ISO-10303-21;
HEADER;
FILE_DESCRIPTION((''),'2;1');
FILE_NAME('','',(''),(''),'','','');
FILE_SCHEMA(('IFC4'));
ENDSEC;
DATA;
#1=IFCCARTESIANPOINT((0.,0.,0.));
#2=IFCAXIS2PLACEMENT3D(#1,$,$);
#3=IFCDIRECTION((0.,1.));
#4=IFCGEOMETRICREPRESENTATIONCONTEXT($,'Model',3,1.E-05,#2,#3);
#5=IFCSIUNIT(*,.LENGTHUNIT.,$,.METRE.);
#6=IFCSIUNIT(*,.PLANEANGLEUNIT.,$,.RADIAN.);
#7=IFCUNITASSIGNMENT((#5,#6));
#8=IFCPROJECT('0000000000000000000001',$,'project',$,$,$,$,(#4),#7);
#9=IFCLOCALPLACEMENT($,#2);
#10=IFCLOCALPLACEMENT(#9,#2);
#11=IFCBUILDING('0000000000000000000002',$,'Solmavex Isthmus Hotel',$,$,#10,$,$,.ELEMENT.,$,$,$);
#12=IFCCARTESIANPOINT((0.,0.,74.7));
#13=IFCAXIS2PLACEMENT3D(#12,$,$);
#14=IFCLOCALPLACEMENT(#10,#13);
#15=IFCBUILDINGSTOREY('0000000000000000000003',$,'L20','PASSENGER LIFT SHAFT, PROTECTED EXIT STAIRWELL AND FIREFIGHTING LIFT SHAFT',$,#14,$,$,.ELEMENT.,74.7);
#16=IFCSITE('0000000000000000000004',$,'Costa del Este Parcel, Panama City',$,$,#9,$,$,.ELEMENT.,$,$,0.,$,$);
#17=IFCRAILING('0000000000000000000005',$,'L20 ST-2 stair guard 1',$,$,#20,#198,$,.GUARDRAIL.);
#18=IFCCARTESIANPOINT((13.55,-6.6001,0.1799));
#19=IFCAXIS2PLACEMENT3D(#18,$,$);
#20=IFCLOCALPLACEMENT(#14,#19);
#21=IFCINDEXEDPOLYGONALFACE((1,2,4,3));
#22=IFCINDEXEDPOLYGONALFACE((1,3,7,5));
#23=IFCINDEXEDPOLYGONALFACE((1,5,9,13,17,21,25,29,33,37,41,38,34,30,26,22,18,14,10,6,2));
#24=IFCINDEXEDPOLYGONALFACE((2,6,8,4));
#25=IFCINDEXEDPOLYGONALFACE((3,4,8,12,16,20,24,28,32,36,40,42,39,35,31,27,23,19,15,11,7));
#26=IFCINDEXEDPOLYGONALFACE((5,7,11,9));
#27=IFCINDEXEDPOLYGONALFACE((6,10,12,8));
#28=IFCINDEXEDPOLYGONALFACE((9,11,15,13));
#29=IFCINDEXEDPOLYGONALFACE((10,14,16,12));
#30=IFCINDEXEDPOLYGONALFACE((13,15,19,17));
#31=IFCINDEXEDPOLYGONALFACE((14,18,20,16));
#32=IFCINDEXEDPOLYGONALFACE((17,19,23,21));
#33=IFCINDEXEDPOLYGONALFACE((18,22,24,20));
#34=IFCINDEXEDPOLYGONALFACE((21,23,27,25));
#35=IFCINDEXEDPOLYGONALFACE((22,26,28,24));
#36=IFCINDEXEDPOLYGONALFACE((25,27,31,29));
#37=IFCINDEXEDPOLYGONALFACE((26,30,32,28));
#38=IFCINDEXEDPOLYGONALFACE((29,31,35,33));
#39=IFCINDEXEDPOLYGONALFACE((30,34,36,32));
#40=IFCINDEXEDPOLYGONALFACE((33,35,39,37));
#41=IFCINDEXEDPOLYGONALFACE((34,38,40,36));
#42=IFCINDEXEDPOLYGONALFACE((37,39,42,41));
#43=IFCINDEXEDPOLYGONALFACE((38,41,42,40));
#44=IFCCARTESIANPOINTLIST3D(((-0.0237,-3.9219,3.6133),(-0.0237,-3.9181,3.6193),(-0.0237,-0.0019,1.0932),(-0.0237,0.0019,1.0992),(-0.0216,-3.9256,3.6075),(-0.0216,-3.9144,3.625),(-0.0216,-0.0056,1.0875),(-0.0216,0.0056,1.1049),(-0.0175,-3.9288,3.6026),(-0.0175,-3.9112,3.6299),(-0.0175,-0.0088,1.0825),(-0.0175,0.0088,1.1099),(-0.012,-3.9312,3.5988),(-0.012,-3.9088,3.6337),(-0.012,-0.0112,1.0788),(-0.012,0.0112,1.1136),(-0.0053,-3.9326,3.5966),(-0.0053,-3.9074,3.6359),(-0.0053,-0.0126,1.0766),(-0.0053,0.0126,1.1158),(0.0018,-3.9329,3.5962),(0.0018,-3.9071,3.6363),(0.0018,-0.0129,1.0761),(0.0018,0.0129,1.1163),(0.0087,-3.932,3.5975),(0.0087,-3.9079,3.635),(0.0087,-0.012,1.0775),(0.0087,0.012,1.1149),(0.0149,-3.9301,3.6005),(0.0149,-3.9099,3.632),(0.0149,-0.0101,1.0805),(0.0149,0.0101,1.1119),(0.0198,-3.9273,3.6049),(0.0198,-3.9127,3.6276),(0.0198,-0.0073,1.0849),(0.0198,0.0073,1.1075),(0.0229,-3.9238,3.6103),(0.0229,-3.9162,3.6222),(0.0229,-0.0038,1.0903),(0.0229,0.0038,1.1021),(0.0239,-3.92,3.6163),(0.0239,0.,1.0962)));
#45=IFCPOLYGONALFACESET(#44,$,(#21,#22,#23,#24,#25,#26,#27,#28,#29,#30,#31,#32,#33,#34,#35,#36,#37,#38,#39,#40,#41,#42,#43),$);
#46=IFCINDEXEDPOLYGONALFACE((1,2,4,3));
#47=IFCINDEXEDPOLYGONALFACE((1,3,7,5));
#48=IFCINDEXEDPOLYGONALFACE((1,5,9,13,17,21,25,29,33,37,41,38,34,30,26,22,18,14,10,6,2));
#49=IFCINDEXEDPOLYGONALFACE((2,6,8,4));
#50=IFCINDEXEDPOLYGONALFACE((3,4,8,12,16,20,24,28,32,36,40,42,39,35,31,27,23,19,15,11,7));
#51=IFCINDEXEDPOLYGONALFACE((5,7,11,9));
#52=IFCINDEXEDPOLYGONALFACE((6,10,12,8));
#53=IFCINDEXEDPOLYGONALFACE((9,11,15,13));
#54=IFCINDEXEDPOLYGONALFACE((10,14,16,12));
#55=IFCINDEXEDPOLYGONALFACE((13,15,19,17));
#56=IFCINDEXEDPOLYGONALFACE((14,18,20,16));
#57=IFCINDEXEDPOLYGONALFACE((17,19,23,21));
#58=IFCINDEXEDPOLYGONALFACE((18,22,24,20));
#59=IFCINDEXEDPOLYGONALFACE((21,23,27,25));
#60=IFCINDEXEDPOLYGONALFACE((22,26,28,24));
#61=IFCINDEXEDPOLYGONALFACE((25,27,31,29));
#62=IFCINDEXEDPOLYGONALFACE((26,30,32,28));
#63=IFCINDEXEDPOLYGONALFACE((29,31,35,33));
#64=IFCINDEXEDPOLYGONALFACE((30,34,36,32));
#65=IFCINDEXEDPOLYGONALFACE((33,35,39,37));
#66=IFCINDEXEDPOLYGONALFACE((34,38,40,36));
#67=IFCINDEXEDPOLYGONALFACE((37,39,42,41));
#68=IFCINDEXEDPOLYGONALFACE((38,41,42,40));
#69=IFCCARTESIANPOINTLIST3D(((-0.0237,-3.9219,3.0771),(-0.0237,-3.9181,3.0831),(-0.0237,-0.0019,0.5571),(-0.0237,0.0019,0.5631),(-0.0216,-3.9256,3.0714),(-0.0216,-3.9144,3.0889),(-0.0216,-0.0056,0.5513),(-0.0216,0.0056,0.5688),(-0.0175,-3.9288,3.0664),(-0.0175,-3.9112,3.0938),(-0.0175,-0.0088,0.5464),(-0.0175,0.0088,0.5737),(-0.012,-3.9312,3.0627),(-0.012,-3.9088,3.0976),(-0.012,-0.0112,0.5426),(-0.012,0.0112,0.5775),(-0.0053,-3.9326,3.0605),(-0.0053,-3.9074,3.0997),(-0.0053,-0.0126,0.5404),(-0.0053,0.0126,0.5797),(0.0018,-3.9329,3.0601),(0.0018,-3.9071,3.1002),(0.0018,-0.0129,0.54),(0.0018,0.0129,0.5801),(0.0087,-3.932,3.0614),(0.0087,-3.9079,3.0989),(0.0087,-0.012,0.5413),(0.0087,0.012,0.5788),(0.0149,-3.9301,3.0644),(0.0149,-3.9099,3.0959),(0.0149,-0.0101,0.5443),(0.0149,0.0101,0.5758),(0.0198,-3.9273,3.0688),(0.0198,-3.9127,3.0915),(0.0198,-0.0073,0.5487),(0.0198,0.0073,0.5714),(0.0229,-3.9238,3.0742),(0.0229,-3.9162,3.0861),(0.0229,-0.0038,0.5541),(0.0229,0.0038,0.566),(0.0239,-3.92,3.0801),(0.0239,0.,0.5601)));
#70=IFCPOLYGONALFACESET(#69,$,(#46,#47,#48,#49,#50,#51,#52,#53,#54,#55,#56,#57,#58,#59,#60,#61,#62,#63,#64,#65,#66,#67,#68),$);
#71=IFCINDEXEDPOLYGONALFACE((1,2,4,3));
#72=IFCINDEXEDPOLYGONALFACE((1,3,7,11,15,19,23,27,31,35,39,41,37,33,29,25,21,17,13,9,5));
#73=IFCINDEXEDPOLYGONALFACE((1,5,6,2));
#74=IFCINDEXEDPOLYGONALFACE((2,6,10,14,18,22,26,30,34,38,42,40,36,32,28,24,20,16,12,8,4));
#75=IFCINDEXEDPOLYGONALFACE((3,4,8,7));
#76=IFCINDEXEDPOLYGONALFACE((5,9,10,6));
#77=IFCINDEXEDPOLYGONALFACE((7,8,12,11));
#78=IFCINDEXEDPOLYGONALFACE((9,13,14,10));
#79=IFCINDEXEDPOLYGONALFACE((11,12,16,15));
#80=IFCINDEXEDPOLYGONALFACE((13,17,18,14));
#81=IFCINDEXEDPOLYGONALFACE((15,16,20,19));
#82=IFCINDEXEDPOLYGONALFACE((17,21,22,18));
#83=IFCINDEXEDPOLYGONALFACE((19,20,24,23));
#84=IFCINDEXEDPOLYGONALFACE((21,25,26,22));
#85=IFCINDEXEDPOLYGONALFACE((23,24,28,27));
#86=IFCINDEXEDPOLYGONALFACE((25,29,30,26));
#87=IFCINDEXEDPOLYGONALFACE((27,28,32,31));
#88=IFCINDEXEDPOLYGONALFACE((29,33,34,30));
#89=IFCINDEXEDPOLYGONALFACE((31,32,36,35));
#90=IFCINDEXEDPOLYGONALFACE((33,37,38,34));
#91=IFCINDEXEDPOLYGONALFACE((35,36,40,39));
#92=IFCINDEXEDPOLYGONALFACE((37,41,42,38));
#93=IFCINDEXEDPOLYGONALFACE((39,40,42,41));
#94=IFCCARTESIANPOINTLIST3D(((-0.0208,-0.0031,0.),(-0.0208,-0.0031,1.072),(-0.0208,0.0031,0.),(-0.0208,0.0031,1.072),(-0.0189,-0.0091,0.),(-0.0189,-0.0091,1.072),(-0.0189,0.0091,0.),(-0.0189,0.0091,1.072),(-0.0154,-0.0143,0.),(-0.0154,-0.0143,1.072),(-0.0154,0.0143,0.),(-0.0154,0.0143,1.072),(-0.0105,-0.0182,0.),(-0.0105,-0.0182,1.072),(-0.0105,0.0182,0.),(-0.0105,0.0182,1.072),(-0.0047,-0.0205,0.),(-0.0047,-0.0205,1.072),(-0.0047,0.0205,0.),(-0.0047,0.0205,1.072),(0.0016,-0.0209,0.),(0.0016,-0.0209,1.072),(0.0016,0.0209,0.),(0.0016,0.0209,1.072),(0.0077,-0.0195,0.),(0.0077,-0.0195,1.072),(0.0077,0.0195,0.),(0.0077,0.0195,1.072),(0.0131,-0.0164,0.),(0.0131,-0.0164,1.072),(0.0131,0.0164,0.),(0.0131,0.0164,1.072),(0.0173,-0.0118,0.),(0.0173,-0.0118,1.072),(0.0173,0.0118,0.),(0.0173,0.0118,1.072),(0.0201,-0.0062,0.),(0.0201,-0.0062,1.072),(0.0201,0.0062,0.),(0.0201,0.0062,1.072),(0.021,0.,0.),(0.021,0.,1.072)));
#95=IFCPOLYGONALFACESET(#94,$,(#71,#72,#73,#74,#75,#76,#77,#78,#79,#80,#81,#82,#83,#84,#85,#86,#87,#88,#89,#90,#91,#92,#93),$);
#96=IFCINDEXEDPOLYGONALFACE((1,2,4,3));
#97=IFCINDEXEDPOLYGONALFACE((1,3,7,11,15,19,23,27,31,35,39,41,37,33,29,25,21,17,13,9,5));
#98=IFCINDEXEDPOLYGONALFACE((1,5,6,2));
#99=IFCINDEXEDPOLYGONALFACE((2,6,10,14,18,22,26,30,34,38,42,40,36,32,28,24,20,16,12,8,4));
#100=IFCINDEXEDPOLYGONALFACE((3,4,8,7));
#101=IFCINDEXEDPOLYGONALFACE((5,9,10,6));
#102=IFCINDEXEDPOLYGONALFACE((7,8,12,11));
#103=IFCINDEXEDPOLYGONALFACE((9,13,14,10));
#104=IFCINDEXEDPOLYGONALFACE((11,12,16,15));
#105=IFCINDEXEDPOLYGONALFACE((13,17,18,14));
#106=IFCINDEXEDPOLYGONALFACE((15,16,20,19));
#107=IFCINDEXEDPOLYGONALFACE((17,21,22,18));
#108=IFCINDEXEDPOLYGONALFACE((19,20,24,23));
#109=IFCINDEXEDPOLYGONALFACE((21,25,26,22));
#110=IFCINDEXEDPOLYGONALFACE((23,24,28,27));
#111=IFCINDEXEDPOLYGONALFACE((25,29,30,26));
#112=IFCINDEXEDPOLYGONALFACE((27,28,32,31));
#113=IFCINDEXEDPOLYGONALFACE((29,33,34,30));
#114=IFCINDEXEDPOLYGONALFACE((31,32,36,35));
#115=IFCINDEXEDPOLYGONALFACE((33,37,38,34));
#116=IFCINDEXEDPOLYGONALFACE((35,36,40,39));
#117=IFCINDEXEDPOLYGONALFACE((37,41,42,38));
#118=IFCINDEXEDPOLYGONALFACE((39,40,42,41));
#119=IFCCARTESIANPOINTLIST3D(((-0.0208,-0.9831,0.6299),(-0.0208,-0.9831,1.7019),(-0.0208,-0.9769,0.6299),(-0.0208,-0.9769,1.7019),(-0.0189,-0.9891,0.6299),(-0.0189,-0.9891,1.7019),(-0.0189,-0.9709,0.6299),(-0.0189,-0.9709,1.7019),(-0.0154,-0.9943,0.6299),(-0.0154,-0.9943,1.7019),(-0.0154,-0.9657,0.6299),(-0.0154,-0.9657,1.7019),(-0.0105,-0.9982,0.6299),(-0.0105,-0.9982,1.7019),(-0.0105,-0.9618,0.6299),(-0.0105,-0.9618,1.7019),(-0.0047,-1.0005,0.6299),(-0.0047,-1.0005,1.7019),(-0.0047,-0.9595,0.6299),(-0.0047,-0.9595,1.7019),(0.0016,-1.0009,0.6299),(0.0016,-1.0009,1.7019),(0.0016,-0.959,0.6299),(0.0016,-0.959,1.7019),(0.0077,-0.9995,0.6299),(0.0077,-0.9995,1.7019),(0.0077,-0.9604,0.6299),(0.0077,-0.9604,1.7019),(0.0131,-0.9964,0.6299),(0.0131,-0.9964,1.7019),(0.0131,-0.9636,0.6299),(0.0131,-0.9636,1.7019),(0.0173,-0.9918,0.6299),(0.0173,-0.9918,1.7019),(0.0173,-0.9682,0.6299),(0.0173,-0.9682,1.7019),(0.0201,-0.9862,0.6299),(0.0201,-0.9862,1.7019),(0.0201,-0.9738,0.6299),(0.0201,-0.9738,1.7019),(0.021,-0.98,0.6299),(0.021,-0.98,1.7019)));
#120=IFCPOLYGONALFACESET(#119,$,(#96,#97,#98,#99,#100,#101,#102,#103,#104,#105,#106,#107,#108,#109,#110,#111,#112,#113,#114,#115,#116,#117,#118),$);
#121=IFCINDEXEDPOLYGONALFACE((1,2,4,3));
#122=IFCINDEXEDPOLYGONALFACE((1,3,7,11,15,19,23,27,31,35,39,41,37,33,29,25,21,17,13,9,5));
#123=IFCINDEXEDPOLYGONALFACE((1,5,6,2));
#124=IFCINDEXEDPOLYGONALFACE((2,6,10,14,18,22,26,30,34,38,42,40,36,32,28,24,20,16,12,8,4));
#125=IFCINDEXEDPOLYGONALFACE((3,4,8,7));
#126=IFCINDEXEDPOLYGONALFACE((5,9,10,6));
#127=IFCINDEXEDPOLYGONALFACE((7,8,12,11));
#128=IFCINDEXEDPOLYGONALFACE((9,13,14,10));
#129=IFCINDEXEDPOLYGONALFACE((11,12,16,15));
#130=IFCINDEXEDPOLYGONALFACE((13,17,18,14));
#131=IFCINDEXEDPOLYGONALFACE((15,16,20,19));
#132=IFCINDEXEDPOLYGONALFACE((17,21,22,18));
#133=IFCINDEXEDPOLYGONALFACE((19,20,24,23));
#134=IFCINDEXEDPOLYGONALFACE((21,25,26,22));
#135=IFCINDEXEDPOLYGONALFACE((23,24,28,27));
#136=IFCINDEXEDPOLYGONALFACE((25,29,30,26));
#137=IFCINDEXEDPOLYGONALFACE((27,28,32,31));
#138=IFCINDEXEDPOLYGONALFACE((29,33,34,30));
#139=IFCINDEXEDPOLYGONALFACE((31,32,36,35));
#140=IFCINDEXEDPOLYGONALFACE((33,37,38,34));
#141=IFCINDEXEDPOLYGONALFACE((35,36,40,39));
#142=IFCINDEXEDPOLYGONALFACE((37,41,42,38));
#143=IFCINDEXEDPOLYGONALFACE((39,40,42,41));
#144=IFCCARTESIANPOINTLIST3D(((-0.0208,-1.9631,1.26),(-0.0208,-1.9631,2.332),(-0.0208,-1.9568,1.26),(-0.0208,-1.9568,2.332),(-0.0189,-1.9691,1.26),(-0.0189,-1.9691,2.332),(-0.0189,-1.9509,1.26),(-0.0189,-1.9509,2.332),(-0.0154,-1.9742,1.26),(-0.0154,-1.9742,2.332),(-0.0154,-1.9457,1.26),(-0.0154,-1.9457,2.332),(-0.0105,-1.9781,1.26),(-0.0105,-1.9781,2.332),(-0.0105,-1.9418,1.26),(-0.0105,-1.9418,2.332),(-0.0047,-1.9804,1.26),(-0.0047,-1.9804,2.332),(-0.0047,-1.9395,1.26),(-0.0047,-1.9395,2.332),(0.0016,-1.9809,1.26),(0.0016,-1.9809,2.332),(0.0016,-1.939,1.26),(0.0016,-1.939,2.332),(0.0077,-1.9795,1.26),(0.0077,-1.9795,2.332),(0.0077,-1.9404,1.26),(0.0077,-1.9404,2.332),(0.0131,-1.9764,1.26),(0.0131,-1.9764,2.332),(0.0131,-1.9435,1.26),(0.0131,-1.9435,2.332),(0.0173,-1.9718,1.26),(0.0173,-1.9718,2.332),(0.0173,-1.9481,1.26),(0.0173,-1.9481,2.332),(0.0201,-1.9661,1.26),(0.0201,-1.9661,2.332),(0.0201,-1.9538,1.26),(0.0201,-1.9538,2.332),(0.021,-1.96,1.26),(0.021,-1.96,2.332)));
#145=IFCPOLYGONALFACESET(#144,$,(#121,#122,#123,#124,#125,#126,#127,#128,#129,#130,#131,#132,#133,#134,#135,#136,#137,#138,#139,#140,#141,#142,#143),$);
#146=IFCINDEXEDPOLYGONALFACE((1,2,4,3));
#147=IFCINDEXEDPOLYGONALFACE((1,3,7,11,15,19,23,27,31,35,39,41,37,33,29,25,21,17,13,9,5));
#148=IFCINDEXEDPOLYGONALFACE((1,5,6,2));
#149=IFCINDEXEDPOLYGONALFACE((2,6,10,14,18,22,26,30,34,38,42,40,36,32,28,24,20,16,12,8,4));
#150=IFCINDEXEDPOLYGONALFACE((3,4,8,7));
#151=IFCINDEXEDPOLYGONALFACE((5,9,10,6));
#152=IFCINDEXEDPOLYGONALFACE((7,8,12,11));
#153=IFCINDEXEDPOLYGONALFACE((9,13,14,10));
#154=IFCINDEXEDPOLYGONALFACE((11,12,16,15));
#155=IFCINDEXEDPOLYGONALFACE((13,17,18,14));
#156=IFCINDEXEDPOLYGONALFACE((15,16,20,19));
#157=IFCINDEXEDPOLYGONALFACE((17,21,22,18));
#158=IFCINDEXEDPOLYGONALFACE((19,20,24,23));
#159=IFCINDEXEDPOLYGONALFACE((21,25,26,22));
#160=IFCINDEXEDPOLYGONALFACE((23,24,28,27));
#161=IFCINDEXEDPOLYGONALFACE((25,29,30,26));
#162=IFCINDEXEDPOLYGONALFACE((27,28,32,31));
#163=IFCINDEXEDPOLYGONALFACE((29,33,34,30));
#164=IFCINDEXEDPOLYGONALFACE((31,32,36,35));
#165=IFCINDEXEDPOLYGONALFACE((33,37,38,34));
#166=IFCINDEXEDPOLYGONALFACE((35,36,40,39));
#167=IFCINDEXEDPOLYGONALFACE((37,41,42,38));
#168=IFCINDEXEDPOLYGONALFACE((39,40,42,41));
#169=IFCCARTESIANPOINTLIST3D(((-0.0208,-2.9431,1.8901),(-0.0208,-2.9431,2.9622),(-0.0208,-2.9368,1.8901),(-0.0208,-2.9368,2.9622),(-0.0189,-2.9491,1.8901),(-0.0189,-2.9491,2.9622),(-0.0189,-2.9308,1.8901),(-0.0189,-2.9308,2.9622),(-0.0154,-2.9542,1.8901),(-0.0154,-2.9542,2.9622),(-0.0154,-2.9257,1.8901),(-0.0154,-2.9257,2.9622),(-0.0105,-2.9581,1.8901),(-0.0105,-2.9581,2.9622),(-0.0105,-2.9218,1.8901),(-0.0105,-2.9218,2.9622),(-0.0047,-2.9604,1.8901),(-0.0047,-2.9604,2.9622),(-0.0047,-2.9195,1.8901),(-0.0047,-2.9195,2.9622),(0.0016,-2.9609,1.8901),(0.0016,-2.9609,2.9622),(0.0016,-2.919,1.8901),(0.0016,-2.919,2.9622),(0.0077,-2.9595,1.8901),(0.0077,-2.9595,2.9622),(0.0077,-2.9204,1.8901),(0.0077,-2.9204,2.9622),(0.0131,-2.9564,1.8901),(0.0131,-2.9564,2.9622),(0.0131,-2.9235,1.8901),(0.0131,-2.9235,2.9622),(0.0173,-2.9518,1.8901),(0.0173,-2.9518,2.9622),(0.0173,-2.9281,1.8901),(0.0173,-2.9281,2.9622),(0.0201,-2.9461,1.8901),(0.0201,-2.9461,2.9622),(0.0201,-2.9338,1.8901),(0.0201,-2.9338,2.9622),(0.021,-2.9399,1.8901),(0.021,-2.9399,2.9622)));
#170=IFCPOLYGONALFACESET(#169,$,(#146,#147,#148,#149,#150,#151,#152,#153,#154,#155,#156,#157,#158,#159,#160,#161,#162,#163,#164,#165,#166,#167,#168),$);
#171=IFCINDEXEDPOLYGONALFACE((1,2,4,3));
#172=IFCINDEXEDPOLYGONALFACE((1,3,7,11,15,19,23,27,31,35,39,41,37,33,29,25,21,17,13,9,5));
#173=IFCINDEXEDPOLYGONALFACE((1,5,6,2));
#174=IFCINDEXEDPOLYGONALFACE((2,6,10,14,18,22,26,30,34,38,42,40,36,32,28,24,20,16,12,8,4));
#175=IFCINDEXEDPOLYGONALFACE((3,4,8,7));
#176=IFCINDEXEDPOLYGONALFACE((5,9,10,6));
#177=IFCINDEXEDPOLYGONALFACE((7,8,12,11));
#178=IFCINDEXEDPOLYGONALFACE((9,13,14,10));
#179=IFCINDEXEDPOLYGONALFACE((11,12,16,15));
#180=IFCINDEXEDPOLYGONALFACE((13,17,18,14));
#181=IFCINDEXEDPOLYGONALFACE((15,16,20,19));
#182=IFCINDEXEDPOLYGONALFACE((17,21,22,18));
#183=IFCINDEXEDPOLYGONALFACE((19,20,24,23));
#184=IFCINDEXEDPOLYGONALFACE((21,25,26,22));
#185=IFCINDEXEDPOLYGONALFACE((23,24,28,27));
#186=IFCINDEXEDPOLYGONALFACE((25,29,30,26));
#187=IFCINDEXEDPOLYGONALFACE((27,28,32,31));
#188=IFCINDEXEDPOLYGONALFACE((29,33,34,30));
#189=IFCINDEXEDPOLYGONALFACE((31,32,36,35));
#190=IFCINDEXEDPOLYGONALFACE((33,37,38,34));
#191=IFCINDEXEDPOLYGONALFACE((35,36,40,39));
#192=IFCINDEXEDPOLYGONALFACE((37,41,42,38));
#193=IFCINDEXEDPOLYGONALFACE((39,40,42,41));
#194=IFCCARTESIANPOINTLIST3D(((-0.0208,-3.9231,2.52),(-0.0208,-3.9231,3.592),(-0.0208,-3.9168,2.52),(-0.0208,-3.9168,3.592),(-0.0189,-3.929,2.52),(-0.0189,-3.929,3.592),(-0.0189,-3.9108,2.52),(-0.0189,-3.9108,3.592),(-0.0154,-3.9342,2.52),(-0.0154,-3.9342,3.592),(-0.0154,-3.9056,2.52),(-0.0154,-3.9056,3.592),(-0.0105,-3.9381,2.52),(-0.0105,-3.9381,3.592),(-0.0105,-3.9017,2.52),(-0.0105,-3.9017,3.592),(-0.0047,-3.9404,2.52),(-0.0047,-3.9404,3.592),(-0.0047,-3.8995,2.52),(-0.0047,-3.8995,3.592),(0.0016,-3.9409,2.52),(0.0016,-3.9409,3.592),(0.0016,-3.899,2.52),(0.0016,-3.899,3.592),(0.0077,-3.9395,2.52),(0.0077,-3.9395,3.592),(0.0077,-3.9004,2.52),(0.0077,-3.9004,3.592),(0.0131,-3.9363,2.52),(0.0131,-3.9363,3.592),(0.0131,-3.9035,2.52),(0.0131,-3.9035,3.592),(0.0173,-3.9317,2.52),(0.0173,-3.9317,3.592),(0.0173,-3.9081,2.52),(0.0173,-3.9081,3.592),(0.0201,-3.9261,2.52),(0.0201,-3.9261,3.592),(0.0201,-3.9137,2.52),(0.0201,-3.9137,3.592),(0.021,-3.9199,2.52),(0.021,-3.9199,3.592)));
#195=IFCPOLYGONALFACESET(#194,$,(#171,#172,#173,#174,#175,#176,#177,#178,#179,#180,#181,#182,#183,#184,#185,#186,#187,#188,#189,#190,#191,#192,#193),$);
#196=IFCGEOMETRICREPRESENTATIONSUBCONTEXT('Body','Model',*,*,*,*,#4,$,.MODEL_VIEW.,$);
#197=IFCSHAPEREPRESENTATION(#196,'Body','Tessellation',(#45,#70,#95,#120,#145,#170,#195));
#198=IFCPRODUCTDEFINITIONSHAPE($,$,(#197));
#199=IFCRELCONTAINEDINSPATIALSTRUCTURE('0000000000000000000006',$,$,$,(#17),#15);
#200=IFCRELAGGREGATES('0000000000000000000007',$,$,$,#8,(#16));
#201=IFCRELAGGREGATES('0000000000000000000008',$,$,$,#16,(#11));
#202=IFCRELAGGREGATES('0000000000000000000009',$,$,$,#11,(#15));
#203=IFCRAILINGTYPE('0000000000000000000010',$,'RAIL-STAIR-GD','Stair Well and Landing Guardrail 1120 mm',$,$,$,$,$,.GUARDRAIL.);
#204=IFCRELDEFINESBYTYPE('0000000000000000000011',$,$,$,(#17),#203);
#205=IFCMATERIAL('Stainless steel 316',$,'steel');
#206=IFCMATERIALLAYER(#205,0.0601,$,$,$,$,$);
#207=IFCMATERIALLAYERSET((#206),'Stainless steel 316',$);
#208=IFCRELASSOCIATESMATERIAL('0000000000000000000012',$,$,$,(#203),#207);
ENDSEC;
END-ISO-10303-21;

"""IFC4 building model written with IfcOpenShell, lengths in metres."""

from ifc_helpers import new_model, si_unit, direction, frame, origin, origin_2d, place, context, subcontext, project, spatial, circle, extrude, material, layer, layer_set, type_object, element, save


model = new_model("IFC4")

# Units and contexts
model_context = context("Model", 3, precision=1e-05, world=origin(), true_north=direction((0.0, 1.0)))
body_context = subcontext(model_context, "Body", "Model", "MODEL_VIEW")
ifc_project = project(units=[si_unit("LENGTHUNIT", "METRE"), si_unit("PLANEANGLEUNIT", "RADIAN")], contexts=[model_context])

# Site, building, storey
site_placement = place(None, origin())
site = spatial("IfcSite", under=ifc_project, at=site_placement, Name="Costa del Este Parcel, Panama City", CompositionType="ELEMENT", RefElevation=0.0)
building_placement = place(site_placement, origin())
building = spatial("IfcBuilding", under=site, at=building_placement, Name="Solmavex Isthmus Hotel", CompositionType="ELEMENT")
storey_placement = place(building_placement, frame((0.0, 0.0, 74.7)))
storey = spatial("IfcBuildingStorey", under=building, at=storey_placement, Name="L20", Description="PASSENGER LIFT SHAFT, PROTECTED EXIT STAIRWELL AND FIREFIGHTING LIFT SHAFT", CompositionType="ELEMENT", Elevation=74.7)

# Railing
ifc_material_1 = material(Name="Stainless steel 316", Category="steel")
ifc_layer_1 = layer(ifc_material_1, 0.0601)
ifc_layer_set_1 = layer_set([ifc_layer_1], Name="Stainless steel 316")
railing_type_1 = type_object("IfcRailingType", Name="RAIL-STAIR-GD", Description="Stair Well and Landing Guardrail 1120 mm", PredefinedType="GUARDRAIL", material=ifc_layer_set_1)
railing_1_placement = place(storey_placement, frame((13.55, -6.6001, 0.1799)))
element("IfcRailing", 1, at=railing_1_placement, inside=storey, type_object=railing_type_1, Name="L20 ST-2 stair guard 1", PredefinedType="GUARDRAIL", context=body_context, shape_type="SweptSolid", body=[
    extrude(circle(Radius=0.0239, at=origin_2d()), frame((0.0, 0.0, 1.0962), z_axis=(0.0, -0.841172, 0.540768), x_axis=(1.0, 0.0, 0.0)), (0.0, 0.0, 1.0), 4.6602),
    extrude(circle(Radius=0.0239, at=origin_2d()), frame((0.0, 0.0, 0.5601), z_axis=(0.0, -0.841172, 0.540768), x_axis=(1.0, 0.0, 0.0)), (0.0, 0.0, 1.0), 4.6602),
    extrude(circle(Radius=0.021, at=origin_2d()), origin(), (0.0, 0.0, 1.0), 1.072),
    extrude(circle(Radius=0.021, at=origin_2d()), frame((0.0, -0.98, 0.6299)), (0.0, 0.0, 1.0), 1.072),
    extrude(circle(Radius=0.021, at=origin_2d()), frame((0.0, -1.96, 1.26)), (0.0, 0.0, 1.0), 1.072),
    extrude(circle(Radius=0.021, at=origin_2d()), frame((0.0, -2.9399, 1.8901)), (0.0, 0.0, 1.0), 1.072),
    extrude(circle(Radius=0.021, at=origin_2d()), frame((0.0, -3.9199, 2.52)), (0.0, 0.0, 1.0), 1.072),
])

save(model, "model.ifc")
